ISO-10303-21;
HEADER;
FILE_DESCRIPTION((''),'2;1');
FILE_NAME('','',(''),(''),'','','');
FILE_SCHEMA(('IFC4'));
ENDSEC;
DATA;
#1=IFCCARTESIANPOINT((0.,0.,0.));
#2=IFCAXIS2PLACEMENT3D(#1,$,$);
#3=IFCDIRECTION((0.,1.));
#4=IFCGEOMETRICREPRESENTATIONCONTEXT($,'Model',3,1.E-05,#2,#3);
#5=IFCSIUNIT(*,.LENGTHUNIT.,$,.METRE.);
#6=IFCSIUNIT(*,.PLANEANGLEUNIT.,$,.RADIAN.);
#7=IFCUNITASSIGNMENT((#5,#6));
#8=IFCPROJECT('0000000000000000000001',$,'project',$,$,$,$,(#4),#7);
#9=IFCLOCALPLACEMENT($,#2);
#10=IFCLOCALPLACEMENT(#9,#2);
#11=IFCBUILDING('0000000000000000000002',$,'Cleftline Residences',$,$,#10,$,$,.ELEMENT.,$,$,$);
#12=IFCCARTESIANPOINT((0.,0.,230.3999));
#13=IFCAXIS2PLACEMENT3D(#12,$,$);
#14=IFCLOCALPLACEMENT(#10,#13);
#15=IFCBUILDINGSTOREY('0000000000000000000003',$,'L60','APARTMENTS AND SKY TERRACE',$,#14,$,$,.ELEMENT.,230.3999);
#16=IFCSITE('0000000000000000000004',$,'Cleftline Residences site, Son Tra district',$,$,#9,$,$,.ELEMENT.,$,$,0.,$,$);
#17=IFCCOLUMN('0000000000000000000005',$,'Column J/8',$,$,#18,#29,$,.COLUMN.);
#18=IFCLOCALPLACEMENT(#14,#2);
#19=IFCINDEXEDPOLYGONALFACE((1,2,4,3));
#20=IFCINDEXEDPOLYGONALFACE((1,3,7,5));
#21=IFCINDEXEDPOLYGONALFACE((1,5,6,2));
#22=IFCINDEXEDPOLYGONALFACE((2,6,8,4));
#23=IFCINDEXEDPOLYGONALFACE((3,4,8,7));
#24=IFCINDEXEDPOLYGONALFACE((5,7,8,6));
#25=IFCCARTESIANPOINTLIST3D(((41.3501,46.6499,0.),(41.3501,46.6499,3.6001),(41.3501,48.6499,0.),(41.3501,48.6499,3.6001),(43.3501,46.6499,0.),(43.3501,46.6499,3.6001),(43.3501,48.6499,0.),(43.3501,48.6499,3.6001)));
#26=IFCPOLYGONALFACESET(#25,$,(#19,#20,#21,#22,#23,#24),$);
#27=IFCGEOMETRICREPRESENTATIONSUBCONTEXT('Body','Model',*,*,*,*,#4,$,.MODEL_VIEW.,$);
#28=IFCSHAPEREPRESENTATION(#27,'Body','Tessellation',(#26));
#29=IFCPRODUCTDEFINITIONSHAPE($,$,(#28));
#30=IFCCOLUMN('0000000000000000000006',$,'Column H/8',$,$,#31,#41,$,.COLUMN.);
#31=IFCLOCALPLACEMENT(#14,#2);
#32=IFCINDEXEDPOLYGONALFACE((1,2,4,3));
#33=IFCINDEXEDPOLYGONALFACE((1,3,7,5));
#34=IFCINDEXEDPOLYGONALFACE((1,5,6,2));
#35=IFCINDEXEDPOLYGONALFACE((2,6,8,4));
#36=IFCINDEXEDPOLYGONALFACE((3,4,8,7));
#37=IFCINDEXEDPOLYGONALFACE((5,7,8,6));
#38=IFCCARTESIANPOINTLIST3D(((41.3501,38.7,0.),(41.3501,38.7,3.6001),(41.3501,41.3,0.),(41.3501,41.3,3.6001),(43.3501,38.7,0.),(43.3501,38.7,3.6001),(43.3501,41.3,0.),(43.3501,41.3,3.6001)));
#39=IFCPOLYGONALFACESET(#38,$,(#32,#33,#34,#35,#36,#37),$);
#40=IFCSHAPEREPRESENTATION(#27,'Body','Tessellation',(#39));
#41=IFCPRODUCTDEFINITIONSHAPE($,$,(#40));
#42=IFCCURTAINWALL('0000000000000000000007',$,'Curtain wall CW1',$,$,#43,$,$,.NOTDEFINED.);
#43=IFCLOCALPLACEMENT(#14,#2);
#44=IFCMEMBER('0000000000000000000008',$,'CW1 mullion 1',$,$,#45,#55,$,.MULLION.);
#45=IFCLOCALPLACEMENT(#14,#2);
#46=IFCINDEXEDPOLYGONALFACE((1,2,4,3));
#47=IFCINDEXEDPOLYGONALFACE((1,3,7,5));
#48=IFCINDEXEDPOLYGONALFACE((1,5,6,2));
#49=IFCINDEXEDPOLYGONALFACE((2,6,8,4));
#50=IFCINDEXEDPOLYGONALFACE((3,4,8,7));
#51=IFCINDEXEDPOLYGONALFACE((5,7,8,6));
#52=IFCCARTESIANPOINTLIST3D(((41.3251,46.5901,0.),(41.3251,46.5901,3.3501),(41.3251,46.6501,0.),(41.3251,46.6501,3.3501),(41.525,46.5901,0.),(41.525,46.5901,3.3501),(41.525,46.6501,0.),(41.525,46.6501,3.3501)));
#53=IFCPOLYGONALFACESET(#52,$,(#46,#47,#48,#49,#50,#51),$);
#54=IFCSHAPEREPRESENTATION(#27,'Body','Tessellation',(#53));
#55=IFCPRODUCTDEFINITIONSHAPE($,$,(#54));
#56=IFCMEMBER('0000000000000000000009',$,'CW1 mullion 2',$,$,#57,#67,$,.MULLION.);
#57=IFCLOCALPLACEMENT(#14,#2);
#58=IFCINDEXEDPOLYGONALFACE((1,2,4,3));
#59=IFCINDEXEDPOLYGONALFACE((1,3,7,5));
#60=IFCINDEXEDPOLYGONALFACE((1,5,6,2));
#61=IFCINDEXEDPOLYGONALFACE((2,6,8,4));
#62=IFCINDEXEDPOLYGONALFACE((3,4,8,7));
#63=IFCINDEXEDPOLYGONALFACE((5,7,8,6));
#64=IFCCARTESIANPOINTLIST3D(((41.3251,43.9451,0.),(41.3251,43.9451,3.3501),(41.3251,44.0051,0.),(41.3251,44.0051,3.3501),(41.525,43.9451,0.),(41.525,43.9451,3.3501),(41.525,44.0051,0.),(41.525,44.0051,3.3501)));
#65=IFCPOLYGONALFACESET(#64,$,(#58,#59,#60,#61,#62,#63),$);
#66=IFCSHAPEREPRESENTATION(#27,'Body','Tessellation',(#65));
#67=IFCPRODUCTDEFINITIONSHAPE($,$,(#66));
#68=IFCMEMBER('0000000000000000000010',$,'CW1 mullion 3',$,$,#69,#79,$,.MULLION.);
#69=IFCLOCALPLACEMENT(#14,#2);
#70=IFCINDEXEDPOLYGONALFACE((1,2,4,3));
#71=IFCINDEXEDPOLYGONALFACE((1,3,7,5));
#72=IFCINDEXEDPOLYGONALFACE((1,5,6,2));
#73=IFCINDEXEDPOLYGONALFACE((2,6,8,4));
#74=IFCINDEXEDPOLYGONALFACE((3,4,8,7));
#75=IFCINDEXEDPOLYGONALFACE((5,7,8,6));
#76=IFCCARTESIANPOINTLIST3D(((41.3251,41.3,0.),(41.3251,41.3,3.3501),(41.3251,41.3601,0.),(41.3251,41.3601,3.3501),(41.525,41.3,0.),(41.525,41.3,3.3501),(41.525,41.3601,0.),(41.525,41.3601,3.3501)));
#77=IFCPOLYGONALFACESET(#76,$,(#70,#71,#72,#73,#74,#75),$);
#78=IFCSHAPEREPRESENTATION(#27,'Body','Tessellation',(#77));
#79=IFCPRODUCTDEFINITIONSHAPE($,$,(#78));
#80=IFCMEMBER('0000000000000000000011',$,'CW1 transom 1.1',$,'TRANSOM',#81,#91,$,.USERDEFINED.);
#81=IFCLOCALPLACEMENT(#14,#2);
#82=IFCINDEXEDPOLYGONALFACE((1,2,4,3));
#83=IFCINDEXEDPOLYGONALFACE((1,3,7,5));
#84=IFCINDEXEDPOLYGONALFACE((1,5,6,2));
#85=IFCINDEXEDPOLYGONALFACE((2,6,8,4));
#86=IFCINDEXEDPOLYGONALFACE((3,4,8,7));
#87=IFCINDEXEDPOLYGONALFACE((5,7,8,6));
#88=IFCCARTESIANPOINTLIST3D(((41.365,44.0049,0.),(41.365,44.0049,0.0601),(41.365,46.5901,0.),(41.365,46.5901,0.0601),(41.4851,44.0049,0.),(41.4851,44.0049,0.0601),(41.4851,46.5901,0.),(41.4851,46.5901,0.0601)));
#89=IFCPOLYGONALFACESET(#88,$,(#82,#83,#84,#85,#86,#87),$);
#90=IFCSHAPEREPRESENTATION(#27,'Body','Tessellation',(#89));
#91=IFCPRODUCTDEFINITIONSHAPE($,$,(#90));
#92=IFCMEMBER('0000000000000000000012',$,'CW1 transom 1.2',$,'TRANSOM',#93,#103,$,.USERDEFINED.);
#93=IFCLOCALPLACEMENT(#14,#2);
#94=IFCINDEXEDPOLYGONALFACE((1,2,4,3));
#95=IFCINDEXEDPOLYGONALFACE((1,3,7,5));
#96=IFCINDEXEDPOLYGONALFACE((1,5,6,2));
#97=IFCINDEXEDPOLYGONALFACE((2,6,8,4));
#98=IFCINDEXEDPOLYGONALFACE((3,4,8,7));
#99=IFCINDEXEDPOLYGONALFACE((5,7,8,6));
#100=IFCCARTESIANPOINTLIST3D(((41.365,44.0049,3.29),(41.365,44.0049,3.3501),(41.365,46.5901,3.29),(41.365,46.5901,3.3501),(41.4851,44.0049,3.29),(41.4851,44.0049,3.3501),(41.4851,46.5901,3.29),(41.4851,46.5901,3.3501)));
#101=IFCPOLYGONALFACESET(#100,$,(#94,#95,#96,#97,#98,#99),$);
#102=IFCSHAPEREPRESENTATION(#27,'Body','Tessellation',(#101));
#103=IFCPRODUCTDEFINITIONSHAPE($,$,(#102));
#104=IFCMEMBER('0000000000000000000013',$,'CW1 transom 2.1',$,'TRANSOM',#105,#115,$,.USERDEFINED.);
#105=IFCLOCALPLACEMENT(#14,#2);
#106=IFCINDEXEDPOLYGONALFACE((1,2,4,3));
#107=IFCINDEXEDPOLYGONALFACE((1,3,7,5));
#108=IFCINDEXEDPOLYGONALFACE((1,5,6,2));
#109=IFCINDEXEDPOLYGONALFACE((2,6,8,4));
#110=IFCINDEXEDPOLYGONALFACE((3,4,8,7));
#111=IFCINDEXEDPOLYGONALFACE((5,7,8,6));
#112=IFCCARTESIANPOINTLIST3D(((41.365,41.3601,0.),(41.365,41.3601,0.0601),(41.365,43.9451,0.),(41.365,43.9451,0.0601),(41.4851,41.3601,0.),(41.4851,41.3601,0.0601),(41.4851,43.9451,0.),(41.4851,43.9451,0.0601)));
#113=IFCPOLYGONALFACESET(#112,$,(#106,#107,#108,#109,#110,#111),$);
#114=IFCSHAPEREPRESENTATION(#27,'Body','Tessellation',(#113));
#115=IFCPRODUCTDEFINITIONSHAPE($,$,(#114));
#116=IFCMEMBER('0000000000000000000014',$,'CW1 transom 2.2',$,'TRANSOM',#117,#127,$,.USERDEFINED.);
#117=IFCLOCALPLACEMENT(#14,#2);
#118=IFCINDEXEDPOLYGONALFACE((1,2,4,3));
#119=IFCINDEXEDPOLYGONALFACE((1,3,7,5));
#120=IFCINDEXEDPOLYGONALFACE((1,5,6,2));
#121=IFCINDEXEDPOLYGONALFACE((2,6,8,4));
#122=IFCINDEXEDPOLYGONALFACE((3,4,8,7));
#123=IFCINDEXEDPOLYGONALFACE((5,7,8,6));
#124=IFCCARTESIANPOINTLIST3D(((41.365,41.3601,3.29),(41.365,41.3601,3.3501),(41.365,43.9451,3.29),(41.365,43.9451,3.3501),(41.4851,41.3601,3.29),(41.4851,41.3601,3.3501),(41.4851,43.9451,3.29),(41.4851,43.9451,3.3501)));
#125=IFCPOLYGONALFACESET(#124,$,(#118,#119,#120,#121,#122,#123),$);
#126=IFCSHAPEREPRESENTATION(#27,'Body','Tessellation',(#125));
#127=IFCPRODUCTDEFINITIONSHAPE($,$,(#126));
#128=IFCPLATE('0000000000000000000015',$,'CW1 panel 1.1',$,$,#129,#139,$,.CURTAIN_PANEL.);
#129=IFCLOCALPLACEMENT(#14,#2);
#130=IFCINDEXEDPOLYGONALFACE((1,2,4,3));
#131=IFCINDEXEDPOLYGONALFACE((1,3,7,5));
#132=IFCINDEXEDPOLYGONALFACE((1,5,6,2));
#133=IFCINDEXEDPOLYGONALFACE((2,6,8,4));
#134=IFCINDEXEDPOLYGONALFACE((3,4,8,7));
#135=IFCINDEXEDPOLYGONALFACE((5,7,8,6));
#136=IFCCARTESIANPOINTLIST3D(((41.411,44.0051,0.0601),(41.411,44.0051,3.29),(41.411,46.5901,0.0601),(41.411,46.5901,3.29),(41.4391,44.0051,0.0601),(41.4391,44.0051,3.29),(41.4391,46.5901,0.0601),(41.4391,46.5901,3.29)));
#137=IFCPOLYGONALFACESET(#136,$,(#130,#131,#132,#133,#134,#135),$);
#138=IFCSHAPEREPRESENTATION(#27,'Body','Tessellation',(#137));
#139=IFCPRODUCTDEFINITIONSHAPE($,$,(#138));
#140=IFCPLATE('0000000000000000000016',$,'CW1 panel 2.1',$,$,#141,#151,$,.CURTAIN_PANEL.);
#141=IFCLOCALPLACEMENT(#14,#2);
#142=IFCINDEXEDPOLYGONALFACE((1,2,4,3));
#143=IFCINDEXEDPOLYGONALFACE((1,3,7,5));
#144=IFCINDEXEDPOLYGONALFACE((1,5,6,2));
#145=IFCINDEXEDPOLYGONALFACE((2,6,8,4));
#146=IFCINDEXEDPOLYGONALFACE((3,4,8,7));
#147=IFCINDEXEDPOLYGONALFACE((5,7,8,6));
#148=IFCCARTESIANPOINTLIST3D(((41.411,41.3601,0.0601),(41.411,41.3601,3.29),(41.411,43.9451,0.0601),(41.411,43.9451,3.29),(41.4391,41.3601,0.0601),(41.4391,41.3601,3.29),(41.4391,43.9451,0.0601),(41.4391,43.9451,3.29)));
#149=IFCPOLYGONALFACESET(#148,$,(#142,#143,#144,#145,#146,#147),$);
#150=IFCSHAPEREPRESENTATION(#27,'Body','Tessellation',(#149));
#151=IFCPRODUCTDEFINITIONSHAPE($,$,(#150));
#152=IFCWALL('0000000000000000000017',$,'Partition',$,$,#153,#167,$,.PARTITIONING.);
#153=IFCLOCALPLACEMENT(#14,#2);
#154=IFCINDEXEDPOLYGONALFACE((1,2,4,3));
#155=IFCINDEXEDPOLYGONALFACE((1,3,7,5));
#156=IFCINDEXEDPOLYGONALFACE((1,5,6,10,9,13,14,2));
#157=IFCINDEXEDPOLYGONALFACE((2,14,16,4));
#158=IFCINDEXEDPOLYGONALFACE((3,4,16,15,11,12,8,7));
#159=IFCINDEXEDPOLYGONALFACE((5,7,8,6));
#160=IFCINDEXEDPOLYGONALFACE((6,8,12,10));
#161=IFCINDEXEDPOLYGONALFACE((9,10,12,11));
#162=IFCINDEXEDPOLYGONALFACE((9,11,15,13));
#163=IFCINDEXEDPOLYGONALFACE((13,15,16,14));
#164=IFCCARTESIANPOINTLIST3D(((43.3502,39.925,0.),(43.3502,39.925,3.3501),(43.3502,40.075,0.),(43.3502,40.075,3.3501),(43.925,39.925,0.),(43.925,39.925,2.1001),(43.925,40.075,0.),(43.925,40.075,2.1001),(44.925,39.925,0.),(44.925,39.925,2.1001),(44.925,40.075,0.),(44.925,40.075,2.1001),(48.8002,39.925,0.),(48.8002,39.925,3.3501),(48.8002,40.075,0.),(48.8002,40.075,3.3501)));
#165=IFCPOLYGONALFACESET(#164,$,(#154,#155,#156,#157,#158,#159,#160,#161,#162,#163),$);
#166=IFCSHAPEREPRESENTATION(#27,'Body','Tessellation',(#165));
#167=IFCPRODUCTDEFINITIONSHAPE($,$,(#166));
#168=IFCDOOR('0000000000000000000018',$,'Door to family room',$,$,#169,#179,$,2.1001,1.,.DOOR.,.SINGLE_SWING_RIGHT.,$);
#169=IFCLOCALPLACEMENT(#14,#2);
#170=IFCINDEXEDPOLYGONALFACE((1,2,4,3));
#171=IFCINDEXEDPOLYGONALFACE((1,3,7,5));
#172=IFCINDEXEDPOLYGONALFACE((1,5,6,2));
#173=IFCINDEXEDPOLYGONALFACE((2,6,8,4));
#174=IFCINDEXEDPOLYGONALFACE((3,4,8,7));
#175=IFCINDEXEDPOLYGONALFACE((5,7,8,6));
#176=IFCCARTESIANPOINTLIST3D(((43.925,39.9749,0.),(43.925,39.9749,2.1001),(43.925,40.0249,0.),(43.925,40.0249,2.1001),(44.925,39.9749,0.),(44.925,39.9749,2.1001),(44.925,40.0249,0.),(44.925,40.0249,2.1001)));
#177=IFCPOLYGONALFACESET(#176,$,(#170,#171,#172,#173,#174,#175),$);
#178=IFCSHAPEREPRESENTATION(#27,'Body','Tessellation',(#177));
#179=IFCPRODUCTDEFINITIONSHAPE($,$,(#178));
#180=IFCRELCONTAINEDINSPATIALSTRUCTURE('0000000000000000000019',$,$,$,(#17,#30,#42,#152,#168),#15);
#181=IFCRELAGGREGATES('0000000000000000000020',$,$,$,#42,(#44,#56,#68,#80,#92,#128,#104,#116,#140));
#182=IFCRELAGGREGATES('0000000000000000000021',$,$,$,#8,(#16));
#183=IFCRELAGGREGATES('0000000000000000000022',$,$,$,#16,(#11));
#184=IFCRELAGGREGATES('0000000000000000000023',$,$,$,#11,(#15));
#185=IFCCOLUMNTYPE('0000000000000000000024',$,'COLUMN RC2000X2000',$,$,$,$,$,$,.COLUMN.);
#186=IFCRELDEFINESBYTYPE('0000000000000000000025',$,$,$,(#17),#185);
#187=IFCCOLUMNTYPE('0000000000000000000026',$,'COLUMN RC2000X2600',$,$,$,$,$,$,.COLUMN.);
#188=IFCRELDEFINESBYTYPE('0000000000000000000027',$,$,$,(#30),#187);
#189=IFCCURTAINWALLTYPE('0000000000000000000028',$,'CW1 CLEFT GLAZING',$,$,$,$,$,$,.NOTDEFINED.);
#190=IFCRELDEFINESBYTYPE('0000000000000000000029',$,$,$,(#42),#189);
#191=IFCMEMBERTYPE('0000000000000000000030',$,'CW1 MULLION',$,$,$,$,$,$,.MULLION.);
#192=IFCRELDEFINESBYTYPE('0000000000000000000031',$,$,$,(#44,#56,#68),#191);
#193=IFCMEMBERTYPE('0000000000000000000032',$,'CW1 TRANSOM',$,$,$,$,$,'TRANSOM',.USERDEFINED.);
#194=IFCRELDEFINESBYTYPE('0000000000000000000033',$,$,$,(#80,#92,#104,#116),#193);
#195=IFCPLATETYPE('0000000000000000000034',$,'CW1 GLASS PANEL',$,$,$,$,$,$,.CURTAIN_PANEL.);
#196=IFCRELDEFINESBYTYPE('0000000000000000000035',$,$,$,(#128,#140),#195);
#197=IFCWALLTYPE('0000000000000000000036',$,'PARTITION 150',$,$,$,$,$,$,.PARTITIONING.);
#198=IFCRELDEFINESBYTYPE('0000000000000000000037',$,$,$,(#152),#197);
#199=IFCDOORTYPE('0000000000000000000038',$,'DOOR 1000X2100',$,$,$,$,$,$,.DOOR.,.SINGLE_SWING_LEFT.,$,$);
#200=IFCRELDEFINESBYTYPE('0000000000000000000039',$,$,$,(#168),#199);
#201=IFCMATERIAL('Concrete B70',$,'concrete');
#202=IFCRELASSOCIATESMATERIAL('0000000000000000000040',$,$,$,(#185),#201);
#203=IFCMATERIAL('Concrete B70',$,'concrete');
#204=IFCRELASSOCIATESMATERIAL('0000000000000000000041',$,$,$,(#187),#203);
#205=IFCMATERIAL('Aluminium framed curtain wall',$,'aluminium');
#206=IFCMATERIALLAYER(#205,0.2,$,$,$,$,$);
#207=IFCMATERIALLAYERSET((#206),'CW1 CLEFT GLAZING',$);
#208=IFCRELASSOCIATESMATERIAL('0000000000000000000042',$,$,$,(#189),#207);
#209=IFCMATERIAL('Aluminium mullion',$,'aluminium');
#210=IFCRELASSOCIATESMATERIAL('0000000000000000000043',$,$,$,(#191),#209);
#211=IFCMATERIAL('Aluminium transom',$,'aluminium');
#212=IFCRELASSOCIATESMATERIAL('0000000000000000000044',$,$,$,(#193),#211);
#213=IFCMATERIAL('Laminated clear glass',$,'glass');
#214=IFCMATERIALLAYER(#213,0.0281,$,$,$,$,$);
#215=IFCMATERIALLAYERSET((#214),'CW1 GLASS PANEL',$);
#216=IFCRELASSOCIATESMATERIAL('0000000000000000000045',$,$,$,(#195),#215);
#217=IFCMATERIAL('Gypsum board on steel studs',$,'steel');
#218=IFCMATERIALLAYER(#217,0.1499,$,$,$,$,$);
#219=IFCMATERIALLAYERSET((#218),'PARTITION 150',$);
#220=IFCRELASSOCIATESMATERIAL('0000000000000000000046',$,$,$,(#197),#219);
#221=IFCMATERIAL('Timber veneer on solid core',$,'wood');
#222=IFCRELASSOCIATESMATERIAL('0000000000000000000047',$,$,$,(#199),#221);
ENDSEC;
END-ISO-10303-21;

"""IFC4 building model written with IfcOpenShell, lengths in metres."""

from ifc_helpers import new_model, si_unit, direction, frame, frame_2d, origin, origin_2d, place, context, subcontext, project, spatial, rectangle, extrude, material, layer, layer_set, material_profile, profile_set, type_object, element, fill, aggregate, save


model = new_model("IFC4")

# Units and contexts
model_context = context("Model", 3, precision=1e-05, world=origin(), true_north=direction((0.0, 1.0)))
body_context = subcontext(model_context, "Body", "Model", "MODEL_VIEW")
ifc_project = project(units=[si_unit("LENGTHUNIT", "METRE"), si_unit("PLANEANGLEUNIT", "RADIAN")], contexts=[model_context])

# Site, building, storey
site_placement = place(None, origin())
site = spatial("IfcSite", under=ifc_project, at=site_placement, Name="Cleftline Residences site, Son Tra district", CompositionType="ELEMENT", RefElevation=0.0)
building_placement = place(site_placement, origin())
building = spatial("IfcBuilding", under=site, at=building_placement, Name="Cleftline Residences", CompositionType="ELEMENT")
storey_placement = place(building_placement, frame((0.0, 0.0, 230.3999)))
storey = spatial("IfcBuildingStorey", under=building, at=storey_placement, Name="L60", Description="APARTMENTS AND SKY TERRACE", CompositionType="ELEMENT", Elevation=230.3999)

# Columns
ifc_material_1 = material(Name="Concrete B70", Category="concrete")
ifc_material_profile_1 = material_profile(ifc_material_1, rectangle(XDim=2.0, YDim=2.0, at=origin_2d()))
ifc_profile_set_1 = profile_set([ifc_material_profile_1], Name="Concrete B70")
column_type_1 = type_object("IfcColumnType", Name="COLUMN RC2000X2000", PredefinedType="COLUMN", material=ifc_profile_set_1)
column_1_placement = place(storey_placement, frame((42.3501, 47.6499, 0.0), z_axis=(0.0, 0.0, 1.0), x_axis=(1.0, 0.0, 0.0)))
element("IfcColumn", 1, at=column_1_placement, inside=storey, type_object=column_type_1, Name="Column J/8", PredefinedType="COLUMN", context=body_context, shape_type="SweptSolid", body=[
    extrude(rectangle(XDim=2.0, YDim=2.0, at=origin_2d()), origin(), (0.0, 0.0, 1.0), 3.6001),
])
ifc_material_2 = material(Name="Concrete B70", Category="concrete")
ifc_material_profile_2 = material_profile(ifc_material_2, rectangle(XDim=2.0, YDim=2.6001, at=origin_2d()))
ifc_profile_set_2 = profile_set([ifc_material_profile_2], Name="Concrete B70")
column_type_2 = type_object("IfcColumnType", Name="COLUMN RC2000X2600", PredefinedType="COLUMN", material=ifc_profile_set_2)
column_2_placement = place(storey_placement, frame((42.3501, 40.0, 0.0), z_axis=(0.0, 0.0, 1.0), x_axis=(1.0, 0.0, 0.0)))
element("IfcColumn", 2, at=column_2_placement, inside=storey, type_object=column_type_2, Name="Column H/8", PredefinedType="COLUMN", context=body_context, shape_type="SweptSolid", body=[
    extrude(rectangle(XDim=2.0, YDim=2.6001, at=origin_2d()), origin(), (0.0, 0.0, 1.0), 3.6001),
])

# Curtain wall, members, plates
ifc_material_3 = material(Name="Aluminium framed curtain wall", Category="aluminium")
ifc_layer_1 = layer(ifc_material_3, 0.2)
ifc_layer_set_1 = layer_set([ifc_layer_1], Name="CW1 CLEFT GLAZING")
curtain_wall_type = type_object("IfcCurtainWallType", Name="CW1 CLEFT GLAZING", PredefinedType="NOTDEFINED", material=ifc_layer_set_1)
curtain_wall_placement = place(storey_placement, origin())
curtain_wall = element("IfcCurtainWall", 3, at=curtain_wall_placement, inside=storey, type_object=curtain_wall_type, Name="Curtain wall CW1", PredefinedType="NOTDEFINED")
ifc_material_4 = material(Name="Aluminium mullion", Category="aluminium")
ifc_material_profile_3 = material_profile(ifc_material_4, rectangle(XDim=0.2, YDim=0.0601, at=origin_2d()))
ifc_profile_set_3 = profile_set([ifc_material_profile_3], Name="Aluminium mullion")
member_type_1 = type_object("IfcMemberType", Name="CW1 MULLION", PredefinedType="MULLION", material=ifc_profile_set_3)
member_1_placement = place(storey_placement, frame((41.425, 46.6201, 0.0), z_axis=(0.0, 0.0, 1.0), x_axis=(1.0, 0.0, 0.0)))
member_1 = element("IfcMember", 4, at=member_1_placement, type_object=member_type_1, Name="CW1 mullion 1", PredefinedType="MULLION", context=body_context, shape_type="SweptSolid", body=[
    extrude(rectangle(XDim=0.2, YDim=0.0601, at=origin_2d()), origin(), (0.0, 0.0, 1.0), 3.3501),
])
member_2_placement = place(storey_placement, frame((41.425, 43.9751, 0.0), z_axis=(0.0, 0.0, 1.0), x_axis=(1.0, 0.0, 0.0)))
member_2 = element("IfcMember", 5, at=member_2_placement, type_object=member_type_1, Name="CW1 mullion 2", PredefinedType="MULLION", context=body_context, shape_type="SweptSolid", body=[
    extrude(rectangle(XDim=0.2, YDim=0.0601, at=origin_2d()), origin(), (0.0, 0.0, 1.0), 3.3501),
])
member_3_placement = place(storey_placement, frame((41.425, 41.3301, 0.0), z_axis=(0.0, 0.0, 1.0), x_axis=(1.0, 0.0, 0.0)))
member_3 = element("IfcMember", 6, at=member_3_placement, type_object=member_type_1, Name="CW1 mullion 3", PredefinedType="MULLION", context=body_context, shape_type="SweptSolid", body=[
    extrude(rectangle(XDim=0.2, YDim=0.0601, at=origin_2d()), origin(), (0.0, 0.0, 1.0), 3.3501),
])
ifc_material_5 = material(Name="Aluminium transom", Category="aluminium")
ifc_material_profile_4 = material_profile(ifc_material_5, rectangle(XDim=0.1201, YDim=0.0601, at=origin_2d()))
ifc_profile_set_4 = profile_set([ifc_material_profile_4], Name="Aluminium transom")
member_type_2 = type_object("IfcMemberType", Name="CW1 TRANSOM", ElementType="TRANSOM", PredefinedType="USERDEFINED", material=ifc_profile_set_4)
member_4_placement = place(storey_placement, frame((41.425, 46.5901, 0.03), z_axis=(0.0, -1.0, 0.0), x_axis=(1.0, 0.0, 0.0)))
member_4 = element("IfcMember", 7, at=member_4_placement, type_object=member_type_2, Name="CW1 transom 1.1", ObjectType="TRANSOM", PredefinedType="USERDEFINED", context=body_context, shape_type="SweptSolid", body=[
    extrude(rectangle(XDim=0.1201, YDim=0.0601, at=origin_2d()), origin(), (0.0, 0.0, 1.0), 2.5852),
])
member_5_placement = place(storey_placement, frame((41.425, 46.5901, 3.3201), z_axis=(0.0, -1.0, 0.0), x_axis=(1.0, 0.0, 0.0)))
member_5 = element("IfcMember", 8, at=member_5_placement, type_object=member_type_2, Name="CW1 transom 1.2", ObjectType="TRANSOM", PredefinedType="USERDEFINED", context=body_context, shape_type="SweptSolid", body=[
    extrude(rectangle(XDim=0.1201, YDim=0.0601, at=origin_2d()), origin(), (0.0, 0.0, 1.0), 2.5852),
])
member_6_placement = place(storey_placement, frame((41.425, 43.9451, 0.03), z_axis=(0.0, -1.0, 0.0), x_axis=(1.0, 0.0, 0.0)))
member_6 = element("IfcMember", 9, at=member_6_placement, type_object=member_type_2, Name="CW1 transom 2.1", ObjectType="TRANSOM", PredefinedType="USERDEFINED", context=body_context, shape_type="SweptSolid", body=[
    extrude(rectangle(XDim=0.1201, YDim=0.0601, at=origin_2d()), origin(), (0.0, 0.0, 1.0), 2.585),
])
member_7_placement = place(storey_placement, frame((41.425, 43.9451, 3.3201), z_axis=(0.0, -1.0, 0.0), x_axis=(1.0, 0.0, 0.0)))
member_7 = element("IfcMember", 10, at=member_7_placement, type_object=member_type_2, Name="CW1 transom 2.2", ObjectType="TRANSOM", PredefinedType="USERDEFINED", context=body_context, shape_type="SweptSolid", body=[
    extrude(rectangle(XDim=0.1201, YDim=0.0601, at=origin_2d()), origin(), (0.0, 0.0, 1.0), 2.585),
])
ifc_material_6 = material(Name="Laminated clear glass", Category="glass")
ifc_layer_2 = layer(ifc_material_6, 0.0281)
ifc_layer_set_2 = layer_set([ifc_layer_2], Name="CW1 GLASS PANEL")
plate_type = type_object("IfcPlateType", Name="CW1 GLASS PANEL", PredefinedType="CURTAIN_PANEL", material=ifc_layer_set_2)
plate_1_placement = place(storey_placement, frame((41.425, 45.2976, 0.0601), z_axis=(0.0, 0.0, 1.0), x_axis=(0.0, -1.0, 0.0)))
plate_1 = element("IfcPlate", 11, at=plate_1_placement, type_object=plate_type, Name="CW1 panel 1.1", PredefinedType="CURTAIN_PANEL", context=body_context, shape_type="SweptSolid", body=[
    extrude(rectangle(XDim=2.585, YDim=0.0281, at=origin_2d()), origin(), (0.0, 0.0, 1.0), 3.23),
])
plate_2_placement = place(storey_placement, frame((41.425, 42.6526, 0.0601), z_axis=(0.0, 0.0, 1.0), x_axis=(0.0, -1.0, 0.0)))
plate_2 = element("IfcPlate", 12, at=plate_2_placement, type_object=plate_type, Name="CW1 panel 2.1", PredefinedType="CURTAIN_PANEL", context=body_context, shape_type="SweptSolid", body=[
    extrude(rectangle(XDim=2.585, YDim=0.0281, at=origin_2d()), origin(), (0.0, 0.0, 1.0), 3.23),
])
aggregate(curtain_wall, [member_1, member_2, member_3, member_4, member_5, plate_1, member_6, member_7, plate_2])

# Wall, opening, door
ifc_material_7 = material(Name="Gypsum board on steel studs", Category="steel")
ifc_layer_3 = layer(ifc_material_7, 0.1499)
ifc_layer_set_3 = layer_set([ifc_layer_3], Name="PARTITION 150")
wall_type = type_object("IfcWallType", Name="PARTITION 150", PredefinedType="PARTITIONING", material=ifc_layer_set_3)
wall_1_placement = place(storey_placement, frame((43.3501, 40.0, 0.0), z_axis=(0.0, 0.0, 1.0), x_axis=(1.0, 0.0, 0.0)))
wall_1 = element("IfcWall", 13, at=wall_1_placement, inside=storey, type_object=wall_type, Name="Partition", PredefinedType="PARTITIONING", context=body_context, shape_type="SweptSolid", body=[
    extrude(rectangle(XDim=5.45, YDim=0.1499, at=frame_2d((2.7251, 0.0))), origin(), (0.0, 0.0, 1.0), 3.3501),
])
opening_1_placement = place(wall_1_placement, frame((0.575, 0.0, 0.0)))
opening_1 = element("IfcOpeningElement", 14, at=opening_1_placement, cuts=wall_1, PredefinedType="OPENING", context=body_context, shape_type="SweptSolid", body=[
    extrude(rectangle(XDim=1.0, YDim=2.1001, at=frame_2d((0.5, 1.05))), frame((0.0, 0.085, 0.0), z_axis=(0.0, -1.0, 0.0), x_axis=(1.0, 0.0, 0.0)), (0.0, 0.0, 1.0), 0.1699),
])
ifc_material_8 = material(Name="Timber veneer on solid core", Category="wood")
door_type_1 = type_object("IfcDoorType", Name="DOOR 1000X2100", OperationType="SINGLE_SWING_LEFT", PredefinedType="DOOR", material=ifc_material_8)
door_1_placement = place(opening_1_placement, origin())
door_1 = element("IfcDoor", 15, at=door_1_placement, inside=storey, type_object=door_type_1, Name="Door to family room", OperationType="SINGLE_SWING_RIGHT", OverallHeight=2.1001, OverallWidth=1.0, PredefinedType="DOOR", context=body_context, shape_type="SweptSolid", body=[
    extrude(rectangle(XDim=1.0, YDim=2.1001, at=frame_2d((0.5, 1.05))), frame((0.0, 0.0249, 0.0), z_axis=(0.0, -1.0, 0.0), x_axis=(1.0, 0.0, 0.0)), (0.0, 0.0, 1.0), 0.05),
])
fill(opening_1, door_1)

save(model, "model.ifc")
